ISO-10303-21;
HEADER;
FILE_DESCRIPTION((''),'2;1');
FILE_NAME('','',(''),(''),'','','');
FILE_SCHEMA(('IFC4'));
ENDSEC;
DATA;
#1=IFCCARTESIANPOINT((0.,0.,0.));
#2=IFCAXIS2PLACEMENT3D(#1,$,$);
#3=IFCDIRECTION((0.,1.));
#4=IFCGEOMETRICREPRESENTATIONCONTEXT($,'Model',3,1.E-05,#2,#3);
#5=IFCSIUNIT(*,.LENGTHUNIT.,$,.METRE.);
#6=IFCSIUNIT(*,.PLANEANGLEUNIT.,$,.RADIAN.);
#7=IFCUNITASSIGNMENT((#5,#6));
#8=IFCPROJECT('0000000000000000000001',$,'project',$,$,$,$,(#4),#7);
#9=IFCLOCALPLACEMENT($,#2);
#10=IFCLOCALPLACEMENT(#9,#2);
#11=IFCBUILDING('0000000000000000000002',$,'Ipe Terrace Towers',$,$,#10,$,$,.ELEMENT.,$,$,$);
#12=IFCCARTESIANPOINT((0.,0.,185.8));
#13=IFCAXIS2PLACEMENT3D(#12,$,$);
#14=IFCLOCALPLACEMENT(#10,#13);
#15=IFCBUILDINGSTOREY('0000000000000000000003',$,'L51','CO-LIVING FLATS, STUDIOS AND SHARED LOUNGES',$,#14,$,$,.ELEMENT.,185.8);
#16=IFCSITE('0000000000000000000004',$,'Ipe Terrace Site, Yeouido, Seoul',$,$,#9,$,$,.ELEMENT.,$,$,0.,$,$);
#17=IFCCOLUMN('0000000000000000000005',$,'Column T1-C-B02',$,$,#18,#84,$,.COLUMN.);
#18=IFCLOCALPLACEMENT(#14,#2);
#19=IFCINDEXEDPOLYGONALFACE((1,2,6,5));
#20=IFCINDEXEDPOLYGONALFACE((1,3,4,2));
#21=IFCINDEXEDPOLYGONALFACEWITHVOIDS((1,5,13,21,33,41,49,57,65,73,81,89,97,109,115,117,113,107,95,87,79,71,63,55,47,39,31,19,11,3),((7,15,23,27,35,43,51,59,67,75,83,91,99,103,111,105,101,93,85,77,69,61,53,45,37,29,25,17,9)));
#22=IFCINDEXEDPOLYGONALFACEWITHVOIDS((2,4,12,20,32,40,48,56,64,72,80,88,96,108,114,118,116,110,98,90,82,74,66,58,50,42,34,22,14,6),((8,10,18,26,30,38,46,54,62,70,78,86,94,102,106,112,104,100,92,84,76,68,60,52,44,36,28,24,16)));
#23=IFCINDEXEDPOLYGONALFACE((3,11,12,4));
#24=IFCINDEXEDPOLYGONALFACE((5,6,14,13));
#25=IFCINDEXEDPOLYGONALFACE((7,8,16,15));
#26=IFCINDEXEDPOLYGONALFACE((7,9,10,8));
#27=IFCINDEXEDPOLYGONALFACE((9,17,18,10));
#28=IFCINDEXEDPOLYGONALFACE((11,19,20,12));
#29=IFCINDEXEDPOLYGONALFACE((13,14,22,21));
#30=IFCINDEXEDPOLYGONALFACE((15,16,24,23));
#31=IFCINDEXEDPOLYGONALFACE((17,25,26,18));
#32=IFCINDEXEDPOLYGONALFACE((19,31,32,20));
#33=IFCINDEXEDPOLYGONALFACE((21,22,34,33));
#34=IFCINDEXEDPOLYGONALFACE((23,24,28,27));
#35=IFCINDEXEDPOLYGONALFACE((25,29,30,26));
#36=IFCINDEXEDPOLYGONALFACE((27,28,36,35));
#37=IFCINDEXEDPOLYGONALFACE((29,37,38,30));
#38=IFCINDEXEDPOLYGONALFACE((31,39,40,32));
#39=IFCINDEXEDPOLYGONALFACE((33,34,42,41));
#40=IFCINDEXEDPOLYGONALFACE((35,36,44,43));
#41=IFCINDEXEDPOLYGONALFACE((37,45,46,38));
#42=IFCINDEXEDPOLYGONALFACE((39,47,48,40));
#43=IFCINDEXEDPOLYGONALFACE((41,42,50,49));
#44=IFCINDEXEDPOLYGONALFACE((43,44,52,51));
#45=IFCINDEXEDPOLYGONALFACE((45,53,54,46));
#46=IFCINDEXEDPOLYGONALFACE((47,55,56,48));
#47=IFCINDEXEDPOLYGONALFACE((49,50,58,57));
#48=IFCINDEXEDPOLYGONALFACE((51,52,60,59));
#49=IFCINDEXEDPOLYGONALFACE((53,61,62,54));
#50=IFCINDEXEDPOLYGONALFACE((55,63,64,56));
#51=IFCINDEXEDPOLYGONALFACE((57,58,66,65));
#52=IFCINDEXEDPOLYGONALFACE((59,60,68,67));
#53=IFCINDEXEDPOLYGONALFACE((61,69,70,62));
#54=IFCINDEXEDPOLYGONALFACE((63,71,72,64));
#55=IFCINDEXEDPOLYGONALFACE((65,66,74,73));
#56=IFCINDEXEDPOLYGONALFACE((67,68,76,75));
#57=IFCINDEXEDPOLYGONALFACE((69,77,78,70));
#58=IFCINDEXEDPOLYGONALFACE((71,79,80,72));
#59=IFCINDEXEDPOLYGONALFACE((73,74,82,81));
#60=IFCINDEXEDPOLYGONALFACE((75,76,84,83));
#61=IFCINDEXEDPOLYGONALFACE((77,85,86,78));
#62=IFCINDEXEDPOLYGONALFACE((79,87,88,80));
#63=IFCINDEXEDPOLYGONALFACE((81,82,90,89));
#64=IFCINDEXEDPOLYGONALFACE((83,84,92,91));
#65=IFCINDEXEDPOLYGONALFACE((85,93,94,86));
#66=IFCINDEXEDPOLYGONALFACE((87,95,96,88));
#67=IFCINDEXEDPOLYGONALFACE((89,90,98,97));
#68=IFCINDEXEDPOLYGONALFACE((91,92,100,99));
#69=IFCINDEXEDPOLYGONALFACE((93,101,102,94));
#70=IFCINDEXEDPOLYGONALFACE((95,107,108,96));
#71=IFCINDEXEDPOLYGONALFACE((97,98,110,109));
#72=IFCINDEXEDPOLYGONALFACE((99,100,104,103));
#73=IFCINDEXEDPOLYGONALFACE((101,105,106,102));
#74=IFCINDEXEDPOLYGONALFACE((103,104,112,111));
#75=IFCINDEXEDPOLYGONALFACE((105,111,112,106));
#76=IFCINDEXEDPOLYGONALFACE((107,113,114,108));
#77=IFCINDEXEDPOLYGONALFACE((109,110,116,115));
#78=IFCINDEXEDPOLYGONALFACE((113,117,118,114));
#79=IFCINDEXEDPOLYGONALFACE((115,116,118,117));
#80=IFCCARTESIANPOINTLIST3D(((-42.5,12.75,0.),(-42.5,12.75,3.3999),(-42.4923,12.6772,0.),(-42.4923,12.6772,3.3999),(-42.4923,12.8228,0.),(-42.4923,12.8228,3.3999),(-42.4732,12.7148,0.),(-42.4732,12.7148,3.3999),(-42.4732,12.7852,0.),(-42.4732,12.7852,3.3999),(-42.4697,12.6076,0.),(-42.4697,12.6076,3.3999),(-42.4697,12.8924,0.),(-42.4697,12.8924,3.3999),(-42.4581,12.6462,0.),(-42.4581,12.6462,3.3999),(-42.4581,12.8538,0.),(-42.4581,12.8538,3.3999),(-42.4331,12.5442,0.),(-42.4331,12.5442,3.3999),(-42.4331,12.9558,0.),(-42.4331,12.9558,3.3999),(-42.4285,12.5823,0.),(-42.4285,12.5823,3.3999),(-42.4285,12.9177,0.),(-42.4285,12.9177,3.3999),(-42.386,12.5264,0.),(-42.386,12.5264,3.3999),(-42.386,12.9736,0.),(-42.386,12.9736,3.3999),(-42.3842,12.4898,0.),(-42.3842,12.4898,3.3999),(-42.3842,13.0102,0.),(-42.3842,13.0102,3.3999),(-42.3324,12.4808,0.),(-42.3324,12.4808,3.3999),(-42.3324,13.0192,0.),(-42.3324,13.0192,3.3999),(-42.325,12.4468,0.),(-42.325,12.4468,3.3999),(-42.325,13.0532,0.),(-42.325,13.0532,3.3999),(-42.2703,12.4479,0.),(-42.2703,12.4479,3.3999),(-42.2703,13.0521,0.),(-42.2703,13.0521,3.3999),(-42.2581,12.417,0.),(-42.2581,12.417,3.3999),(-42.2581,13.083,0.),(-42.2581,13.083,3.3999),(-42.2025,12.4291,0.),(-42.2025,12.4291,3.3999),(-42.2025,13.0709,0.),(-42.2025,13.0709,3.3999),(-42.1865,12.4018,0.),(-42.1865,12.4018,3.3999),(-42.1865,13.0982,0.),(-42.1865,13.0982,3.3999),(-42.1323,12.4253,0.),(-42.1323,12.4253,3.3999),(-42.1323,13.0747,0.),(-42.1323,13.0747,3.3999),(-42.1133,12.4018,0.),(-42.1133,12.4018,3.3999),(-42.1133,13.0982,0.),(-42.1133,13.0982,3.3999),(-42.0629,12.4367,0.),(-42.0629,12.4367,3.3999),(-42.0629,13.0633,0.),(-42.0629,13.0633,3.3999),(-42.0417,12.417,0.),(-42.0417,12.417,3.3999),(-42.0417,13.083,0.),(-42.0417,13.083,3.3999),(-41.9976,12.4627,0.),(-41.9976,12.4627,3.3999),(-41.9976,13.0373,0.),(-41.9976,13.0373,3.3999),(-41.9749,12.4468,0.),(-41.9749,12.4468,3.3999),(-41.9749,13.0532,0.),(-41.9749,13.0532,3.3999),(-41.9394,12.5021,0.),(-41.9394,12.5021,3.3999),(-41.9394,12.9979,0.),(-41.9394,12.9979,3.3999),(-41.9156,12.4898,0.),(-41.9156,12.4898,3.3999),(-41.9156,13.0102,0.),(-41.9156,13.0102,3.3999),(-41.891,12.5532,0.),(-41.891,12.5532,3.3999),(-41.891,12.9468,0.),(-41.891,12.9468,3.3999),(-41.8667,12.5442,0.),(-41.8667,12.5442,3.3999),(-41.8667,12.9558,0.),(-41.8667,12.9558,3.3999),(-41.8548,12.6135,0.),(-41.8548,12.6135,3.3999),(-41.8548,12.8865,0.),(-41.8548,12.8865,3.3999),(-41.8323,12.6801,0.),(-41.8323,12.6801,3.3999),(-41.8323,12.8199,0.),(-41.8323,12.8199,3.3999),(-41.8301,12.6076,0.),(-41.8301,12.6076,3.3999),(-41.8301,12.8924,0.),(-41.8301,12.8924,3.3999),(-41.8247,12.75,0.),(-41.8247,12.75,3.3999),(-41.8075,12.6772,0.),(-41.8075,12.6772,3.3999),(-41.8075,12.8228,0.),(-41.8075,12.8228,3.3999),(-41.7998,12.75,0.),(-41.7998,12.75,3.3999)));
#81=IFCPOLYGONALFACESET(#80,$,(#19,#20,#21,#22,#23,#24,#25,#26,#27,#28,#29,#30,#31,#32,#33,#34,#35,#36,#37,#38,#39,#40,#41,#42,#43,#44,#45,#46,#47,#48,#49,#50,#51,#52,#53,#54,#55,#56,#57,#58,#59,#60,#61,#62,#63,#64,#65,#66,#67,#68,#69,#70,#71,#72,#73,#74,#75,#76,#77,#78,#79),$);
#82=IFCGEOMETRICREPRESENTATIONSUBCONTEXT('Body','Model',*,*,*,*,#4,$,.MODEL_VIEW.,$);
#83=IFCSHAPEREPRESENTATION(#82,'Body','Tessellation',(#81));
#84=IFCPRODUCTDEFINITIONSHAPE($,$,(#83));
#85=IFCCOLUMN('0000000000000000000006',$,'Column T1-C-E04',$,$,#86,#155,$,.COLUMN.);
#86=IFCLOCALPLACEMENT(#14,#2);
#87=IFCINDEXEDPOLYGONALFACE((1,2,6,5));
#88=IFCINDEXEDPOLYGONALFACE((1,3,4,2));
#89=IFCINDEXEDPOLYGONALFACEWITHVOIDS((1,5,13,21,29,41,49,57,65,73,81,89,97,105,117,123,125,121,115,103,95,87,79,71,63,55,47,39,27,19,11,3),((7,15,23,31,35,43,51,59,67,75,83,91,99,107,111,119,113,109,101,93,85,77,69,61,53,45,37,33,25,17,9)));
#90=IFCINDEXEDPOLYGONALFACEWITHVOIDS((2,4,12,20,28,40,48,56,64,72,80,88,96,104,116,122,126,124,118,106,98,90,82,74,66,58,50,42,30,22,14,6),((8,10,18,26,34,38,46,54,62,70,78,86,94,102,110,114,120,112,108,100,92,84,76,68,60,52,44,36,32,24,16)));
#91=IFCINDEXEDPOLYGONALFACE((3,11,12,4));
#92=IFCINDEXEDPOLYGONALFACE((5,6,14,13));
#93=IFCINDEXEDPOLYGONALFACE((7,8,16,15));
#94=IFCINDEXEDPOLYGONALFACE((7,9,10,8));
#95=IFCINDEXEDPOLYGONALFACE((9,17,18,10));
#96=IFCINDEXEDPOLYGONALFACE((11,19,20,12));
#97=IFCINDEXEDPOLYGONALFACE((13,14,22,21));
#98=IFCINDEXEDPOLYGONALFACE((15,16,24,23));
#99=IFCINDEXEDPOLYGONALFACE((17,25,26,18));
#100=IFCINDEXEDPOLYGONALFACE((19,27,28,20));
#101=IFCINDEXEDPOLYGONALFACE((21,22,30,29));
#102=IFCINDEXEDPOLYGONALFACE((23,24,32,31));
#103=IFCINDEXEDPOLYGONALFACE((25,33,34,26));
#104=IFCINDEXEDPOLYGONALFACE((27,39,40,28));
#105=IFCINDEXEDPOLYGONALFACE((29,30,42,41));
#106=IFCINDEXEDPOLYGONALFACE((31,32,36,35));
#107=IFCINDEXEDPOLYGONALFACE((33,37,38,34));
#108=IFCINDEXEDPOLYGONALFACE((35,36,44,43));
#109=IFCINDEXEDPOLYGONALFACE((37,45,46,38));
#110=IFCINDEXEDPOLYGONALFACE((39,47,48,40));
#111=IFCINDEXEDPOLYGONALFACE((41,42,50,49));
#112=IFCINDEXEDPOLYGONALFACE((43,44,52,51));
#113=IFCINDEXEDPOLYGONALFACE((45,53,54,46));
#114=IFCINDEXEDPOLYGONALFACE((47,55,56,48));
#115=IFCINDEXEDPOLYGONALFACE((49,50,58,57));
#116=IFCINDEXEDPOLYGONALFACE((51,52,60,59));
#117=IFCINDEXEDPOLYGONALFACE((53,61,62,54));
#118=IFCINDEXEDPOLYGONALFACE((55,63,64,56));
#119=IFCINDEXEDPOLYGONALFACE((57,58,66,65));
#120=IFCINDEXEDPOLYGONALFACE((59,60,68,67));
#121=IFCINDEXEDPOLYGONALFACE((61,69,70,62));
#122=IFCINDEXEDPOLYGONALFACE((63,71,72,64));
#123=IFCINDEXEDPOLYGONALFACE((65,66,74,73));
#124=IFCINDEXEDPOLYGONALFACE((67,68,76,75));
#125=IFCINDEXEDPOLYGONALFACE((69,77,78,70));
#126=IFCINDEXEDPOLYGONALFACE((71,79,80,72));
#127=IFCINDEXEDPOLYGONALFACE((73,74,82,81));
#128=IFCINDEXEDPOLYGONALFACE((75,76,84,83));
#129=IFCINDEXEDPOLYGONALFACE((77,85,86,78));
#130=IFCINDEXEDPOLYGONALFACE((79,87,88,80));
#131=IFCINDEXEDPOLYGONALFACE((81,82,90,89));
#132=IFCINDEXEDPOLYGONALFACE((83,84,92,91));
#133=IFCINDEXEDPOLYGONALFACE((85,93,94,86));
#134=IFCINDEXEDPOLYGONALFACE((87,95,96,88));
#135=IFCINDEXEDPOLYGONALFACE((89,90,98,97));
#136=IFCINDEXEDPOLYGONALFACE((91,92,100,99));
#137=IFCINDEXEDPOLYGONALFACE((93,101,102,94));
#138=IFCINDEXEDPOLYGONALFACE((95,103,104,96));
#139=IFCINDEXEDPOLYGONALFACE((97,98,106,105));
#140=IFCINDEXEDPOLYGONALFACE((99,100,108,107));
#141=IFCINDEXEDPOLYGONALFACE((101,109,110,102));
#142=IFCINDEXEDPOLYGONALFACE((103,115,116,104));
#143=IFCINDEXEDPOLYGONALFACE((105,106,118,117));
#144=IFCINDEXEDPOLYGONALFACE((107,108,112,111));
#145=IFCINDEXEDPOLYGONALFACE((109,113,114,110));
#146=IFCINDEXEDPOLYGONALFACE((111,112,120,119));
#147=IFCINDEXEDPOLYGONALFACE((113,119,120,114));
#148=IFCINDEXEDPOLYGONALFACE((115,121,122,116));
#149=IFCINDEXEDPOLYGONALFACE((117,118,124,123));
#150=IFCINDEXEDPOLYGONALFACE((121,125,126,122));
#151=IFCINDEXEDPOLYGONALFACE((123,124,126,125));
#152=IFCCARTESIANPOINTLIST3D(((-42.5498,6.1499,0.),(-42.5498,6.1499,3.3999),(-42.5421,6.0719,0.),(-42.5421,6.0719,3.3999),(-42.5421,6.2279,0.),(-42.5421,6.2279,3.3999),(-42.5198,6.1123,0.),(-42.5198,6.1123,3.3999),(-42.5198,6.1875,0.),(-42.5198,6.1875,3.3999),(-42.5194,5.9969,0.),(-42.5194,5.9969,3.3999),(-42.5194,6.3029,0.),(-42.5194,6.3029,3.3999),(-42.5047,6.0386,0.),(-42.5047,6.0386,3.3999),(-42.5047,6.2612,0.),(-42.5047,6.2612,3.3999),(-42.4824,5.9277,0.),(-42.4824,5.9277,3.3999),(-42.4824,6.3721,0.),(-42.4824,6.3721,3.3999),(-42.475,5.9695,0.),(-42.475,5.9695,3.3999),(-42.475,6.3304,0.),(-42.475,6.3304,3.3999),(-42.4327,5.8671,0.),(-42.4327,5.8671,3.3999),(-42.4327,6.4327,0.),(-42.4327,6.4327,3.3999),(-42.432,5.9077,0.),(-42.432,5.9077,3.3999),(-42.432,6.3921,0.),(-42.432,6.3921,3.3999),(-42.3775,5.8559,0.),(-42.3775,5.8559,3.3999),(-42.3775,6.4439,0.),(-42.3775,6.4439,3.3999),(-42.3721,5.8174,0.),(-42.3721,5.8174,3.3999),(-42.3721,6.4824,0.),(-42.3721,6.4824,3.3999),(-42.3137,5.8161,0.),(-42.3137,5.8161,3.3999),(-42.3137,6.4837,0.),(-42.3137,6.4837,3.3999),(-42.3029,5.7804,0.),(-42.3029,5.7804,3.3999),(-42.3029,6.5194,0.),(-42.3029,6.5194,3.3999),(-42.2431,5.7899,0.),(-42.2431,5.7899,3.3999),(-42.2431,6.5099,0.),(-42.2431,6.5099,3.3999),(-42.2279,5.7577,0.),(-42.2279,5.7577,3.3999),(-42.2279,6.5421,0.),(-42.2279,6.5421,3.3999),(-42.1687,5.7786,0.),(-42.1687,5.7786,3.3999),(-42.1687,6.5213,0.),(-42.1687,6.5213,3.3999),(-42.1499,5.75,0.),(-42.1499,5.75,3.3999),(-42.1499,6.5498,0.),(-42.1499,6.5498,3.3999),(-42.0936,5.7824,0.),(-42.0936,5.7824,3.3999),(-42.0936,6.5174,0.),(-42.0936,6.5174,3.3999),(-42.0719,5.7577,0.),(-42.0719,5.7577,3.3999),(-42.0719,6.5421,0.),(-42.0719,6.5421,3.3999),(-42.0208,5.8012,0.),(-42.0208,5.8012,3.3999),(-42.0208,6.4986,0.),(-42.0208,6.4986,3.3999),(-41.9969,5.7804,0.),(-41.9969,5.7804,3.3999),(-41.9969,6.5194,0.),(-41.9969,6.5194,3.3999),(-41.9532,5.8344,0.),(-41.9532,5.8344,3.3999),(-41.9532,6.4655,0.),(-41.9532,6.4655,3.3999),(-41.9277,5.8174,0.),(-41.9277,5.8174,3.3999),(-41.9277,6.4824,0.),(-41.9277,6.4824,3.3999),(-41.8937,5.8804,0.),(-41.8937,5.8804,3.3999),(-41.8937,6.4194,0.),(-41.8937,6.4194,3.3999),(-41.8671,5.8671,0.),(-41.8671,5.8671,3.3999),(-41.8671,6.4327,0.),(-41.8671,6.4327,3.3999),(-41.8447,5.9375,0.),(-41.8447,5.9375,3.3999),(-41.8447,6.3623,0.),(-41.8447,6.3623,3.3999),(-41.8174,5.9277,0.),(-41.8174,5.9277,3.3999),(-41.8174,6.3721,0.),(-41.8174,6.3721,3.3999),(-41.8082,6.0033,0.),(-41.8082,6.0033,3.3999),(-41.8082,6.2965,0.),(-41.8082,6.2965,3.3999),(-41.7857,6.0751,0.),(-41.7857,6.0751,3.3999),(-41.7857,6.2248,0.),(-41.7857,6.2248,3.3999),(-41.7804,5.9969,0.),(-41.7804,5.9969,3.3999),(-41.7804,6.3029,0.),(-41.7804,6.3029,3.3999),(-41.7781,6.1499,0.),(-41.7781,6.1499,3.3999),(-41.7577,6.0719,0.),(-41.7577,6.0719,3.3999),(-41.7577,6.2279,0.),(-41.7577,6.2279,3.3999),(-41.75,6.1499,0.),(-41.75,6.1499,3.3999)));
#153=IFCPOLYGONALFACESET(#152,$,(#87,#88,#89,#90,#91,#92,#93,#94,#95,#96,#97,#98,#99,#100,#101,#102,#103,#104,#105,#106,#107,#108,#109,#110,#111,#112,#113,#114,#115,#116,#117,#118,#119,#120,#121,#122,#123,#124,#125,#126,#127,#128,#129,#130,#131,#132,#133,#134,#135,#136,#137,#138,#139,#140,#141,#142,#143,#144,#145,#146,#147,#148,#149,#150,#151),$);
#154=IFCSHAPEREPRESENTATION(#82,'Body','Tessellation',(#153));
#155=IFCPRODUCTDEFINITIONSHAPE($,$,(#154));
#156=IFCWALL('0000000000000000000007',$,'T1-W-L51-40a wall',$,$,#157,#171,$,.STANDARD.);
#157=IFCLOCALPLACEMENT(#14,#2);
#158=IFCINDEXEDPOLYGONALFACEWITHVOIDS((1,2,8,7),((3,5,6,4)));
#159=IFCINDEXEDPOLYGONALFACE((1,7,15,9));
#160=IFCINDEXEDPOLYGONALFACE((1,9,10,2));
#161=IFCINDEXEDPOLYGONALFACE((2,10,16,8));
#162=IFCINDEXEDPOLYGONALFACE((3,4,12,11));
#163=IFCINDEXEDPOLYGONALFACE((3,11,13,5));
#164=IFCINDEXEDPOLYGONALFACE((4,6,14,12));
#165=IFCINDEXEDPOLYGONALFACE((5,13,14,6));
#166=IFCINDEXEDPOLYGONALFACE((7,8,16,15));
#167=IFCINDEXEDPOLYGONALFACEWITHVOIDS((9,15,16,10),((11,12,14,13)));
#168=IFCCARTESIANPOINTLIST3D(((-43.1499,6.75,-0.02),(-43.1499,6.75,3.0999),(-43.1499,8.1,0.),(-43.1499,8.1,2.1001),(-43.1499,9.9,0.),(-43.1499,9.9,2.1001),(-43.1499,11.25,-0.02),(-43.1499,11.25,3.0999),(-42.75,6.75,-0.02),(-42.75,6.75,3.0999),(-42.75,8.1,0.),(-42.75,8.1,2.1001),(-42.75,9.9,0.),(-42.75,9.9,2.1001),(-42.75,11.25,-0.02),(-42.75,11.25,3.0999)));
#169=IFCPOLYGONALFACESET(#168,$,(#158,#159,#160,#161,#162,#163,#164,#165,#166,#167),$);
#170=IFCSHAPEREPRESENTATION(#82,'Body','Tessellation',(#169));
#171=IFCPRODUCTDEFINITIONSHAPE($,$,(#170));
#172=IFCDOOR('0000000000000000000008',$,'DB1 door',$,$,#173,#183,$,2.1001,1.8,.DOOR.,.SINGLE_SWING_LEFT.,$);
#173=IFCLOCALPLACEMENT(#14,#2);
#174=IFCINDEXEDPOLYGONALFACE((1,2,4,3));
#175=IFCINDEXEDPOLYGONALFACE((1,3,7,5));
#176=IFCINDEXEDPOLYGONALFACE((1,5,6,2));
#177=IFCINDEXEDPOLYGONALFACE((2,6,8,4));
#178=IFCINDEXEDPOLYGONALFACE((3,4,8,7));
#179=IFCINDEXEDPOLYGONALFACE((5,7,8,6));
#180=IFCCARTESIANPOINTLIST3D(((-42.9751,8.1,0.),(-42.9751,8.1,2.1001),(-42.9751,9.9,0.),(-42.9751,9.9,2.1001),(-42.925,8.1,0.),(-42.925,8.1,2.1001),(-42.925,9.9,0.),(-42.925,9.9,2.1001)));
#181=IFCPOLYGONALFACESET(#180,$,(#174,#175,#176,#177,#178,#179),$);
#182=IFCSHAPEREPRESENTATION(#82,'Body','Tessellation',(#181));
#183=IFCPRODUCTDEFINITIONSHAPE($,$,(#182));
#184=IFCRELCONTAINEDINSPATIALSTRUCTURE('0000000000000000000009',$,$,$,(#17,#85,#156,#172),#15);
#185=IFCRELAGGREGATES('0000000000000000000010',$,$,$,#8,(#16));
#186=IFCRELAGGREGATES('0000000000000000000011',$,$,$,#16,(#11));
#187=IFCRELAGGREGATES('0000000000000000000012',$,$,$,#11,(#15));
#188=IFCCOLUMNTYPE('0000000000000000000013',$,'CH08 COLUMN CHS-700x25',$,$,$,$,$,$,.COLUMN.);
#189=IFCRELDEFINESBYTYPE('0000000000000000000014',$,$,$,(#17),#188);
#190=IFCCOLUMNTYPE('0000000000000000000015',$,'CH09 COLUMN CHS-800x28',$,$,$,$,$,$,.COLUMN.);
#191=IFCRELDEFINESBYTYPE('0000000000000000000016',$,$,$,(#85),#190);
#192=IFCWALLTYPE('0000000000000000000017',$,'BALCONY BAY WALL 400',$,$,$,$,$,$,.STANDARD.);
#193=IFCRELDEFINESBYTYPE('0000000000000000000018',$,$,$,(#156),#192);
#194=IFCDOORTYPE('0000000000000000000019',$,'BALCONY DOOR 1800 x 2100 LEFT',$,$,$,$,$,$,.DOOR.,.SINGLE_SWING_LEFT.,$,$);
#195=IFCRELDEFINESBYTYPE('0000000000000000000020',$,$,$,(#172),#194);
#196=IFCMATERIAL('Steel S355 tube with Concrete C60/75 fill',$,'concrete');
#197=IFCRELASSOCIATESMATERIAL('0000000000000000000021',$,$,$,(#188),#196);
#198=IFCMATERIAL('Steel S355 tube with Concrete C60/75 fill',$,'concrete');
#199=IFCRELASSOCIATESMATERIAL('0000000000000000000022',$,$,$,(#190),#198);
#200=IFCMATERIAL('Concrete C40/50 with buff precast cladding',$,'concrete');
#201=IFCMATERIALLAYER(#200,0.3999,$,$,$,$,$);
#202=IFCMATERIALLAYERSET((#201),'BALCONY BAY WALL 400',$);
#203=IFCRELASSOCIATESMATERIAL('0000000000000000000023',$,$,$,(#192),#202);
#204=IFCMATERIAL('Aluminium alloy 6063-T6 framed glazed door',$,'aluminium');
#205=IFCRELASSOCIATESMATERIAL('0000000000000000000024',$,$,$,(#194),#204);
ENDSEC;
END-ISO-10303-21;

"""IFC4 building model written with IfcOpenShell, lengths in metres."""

from ifc_helpers import new_model, si_unit, direction, frame, frame_2d, origin, origin_2d, place, context, subcontext, project, spatial, rectangle, hollow_circle, extrude, material, layer, layer_set, material_profile, profile_set, type_object, element, fill, save


model = new_model("IFC4")

# Units and contexts
model_context = context("Model", 3, precision=1e-05, world=origin(), true_north=direction((0.0, 1.0)))
body_context = subcontext(model_context, "Body", "Model", "MODEL_VIEW")
ifc_project = project(units=[si_unit("LENGTHUNIT", "METRE"), si_unit("PLANEANGLEUNIT", "RADIAN")], contexts=[model_context])

# Site, building, storey
site_placement = place(None, origin())
site = spatial("IfcSite", under=ifc_project, at=site_placement, Name="Ipe Terrace Site, Yeouido, Seoul", CompositionType="ELEMENT", RefElevation=0.0)
building_placement = place(site_placement, origin())
building = spatial("IfcBuilding", under=site, at=building_placement, Name="Ipe Terrace Towers", CompositionType="ELEMENT")
storey_placement = place(building_placement, frame((0.0, 0.0, 185.8)))
storey = spatial("IfcBuildingStorey", under=building, at=storey_placement, Name="L51", Description="CO-LIVING FLATS, STUDIOS AND SHARED LOUNGES", CompositionType="ELEMENT", Elevation=185.8)

# Columns
ifc_material_1 = material(Name="Steel S355 tube with Concrete C60/75 fill", Category="concrete")
ifc_material_profile_1 = material_profile(ifc_material_1, hollow_circle(Radius=0.3501, WallThickness=0.0249, at=origin_2d()), Name="CHS-700x25")
ifc_profile_set_1 = profile_set([ifc_material_profile_1], Name="Steel S355 tube with Concrete C60/75 fill")
column_type_1 = type_object("IfcColumnType", Name="CH08 COLUMN CHS-700x25", PredefinedType="COLUMN", material=ifc_profile_set_1)
column_1_placement = place(storey_placement, frame((-42.1499, 12.75, 0.0), z_axis=(0.0, 0.0, 1.0), x_axis=(1.0, 0.0, 0.0)))
element("IfcColumn", 1, at=column_1_placement, inside=storey, type_object=column_type_1, Name="Column T1-C-B02", PredefinedType="COLUMN", context=body_context, shape_type="SweptSolid", body=[
    extrude(hollow_circle(Radius=0.3501, WallThickness=0.0249, at=origin_2d()), origin(), (0.0, 0.0, 1.0), 3.3999),
])
ifc_material_2 = material(Name="Steel S355 tube with Concrete C60/75 fill", Category="concrete")
ifc_material_profile_2 = material_profile(ifc_material_2, hollow_circle(Radius=0.3999, WallThickness=0.0281, at=origin_2d()), Name="CHS-800x28")
ifc_profile_set_2 = profile_set([ifc_material_profile_2], Name="Steel S355 tube with Concrete C60/75 fill")
column_type_2 = type_object("IfcColumnType", Name="CH09 COLUMN CHS-800x28", PredefinedType="COLUMN", material=ifc_profile_set_2)
column_2_placement = place(storey_placement, frame((-42.1499, 6.1499, 0.0), z_axis=(0.0, 0.0, 1.0), x_axis=(1.0, 0.0, 0.0)))
element("IfcColumn", 2, at=column_2_placement, inside=storey, type_object=column_type_2, Name="Column T1-C-E04", PredefinedType="COLUMN", context=body_context, shape_type="SweptSolid", body=[
    extrude(hollow_circle(Radius=0.3999, WallThickness=0.0281, at=origin_2d()), origin(), (0.0, 0.0, 1.0), 3.3999),
])

# Wall, opening, door
ifc_material_3 = material(Name="Concrete C40/50 with buff precast cladding", Category="concrete")
ifc_layer_1 = layer(ifc_material_3, 0.3999)
ifc_layer_set_1 = layer_set([ifc_layer_1], Name="BALCONY BAY WALL 400")
wall_type_1 = type_object("IfcWallType", Name="BALCONY BAY WALL 400", PredefinedType="STANDARD", material=ifc_layer_set_1)
wall_1_placement = place(storey_placement, frame((-42.95, 11.25, -0.02), z_axis=(0.0, 0.0, 1.0), x_axis=(0.0, -1.0, 0.0)))
wall_1 = element("IfcWall", 3, at=wall_1_placement, inside=storey, type_object=wall_type_1, Name="T1-W-L51-40a wall", PredefinedType="STANDARD", context=body_context, shape_type="SweptSolid", body=[
    extrude(rectangle(XDim=4.5, YDim=0.3999, at=frame_2d((2.25, 0.0))), origin(), (0.0, 0.0, 1.0), 3.1199),
])
opening_1_placement = place(wall_1_placement, frame((1.3501, 0.0, 0.02)))
opening_1 = element("IfcOpeningElement", 4, at=opening_1_placement, cuts=wall_1, PredefinedType="OPENING", context=body_context, shape_type="SweptSolid", body=[
    extrude(rectangle(XDim=1.8, YDim=2.1001, at=frame_2d((0.8999, 1.05))), frame((0.0, 0.21, 0.0), z_axis=(0.0, -1.0, 0.0), x_axis=(1.0, 0.0, 0.0)), (0.0, 0.0, 1.0), 0.4199),
])
ifc_material_4 = material(Name="Aluminium alloy 6063-T6 framed glazed door", Category="aluminium")
door_type_1 = type_object("IfcDoorType", Name="BALCONY DOOR 1800 x 2100 LEFT", OperationType="SINGLE_SWING_LEFT", PredefinedType="DOOR", material=ifc_material_4)
door_1_placement = place(opening_1_placement, origin())
door_1 = element("IfcDoor", 5, at=door_1_placement, inside=storey, type_object=door_type_1, Name="DB1 door", OperationType="SINGLE_SWING_LEFT", OverallHeight=2.1001, OverallWidth=1.8, PredefinedType="DOOR", context=body_context, shape_type="SweptSolid", body=[
    extrude(rectangle(XDim=1.8, YDim=2.1001, at=frame_2d((0.8999, 1.05))), frame((0.0, 0.0249, 0.0), z_axis=(0.0, -1.0, 0.0), x_axis=(1.0, 0.0, 0.0)), (0.0, 0.0, 1.0), 0.05),
])
fill(opening_1, door_1)

save(model, "model.ifc")
